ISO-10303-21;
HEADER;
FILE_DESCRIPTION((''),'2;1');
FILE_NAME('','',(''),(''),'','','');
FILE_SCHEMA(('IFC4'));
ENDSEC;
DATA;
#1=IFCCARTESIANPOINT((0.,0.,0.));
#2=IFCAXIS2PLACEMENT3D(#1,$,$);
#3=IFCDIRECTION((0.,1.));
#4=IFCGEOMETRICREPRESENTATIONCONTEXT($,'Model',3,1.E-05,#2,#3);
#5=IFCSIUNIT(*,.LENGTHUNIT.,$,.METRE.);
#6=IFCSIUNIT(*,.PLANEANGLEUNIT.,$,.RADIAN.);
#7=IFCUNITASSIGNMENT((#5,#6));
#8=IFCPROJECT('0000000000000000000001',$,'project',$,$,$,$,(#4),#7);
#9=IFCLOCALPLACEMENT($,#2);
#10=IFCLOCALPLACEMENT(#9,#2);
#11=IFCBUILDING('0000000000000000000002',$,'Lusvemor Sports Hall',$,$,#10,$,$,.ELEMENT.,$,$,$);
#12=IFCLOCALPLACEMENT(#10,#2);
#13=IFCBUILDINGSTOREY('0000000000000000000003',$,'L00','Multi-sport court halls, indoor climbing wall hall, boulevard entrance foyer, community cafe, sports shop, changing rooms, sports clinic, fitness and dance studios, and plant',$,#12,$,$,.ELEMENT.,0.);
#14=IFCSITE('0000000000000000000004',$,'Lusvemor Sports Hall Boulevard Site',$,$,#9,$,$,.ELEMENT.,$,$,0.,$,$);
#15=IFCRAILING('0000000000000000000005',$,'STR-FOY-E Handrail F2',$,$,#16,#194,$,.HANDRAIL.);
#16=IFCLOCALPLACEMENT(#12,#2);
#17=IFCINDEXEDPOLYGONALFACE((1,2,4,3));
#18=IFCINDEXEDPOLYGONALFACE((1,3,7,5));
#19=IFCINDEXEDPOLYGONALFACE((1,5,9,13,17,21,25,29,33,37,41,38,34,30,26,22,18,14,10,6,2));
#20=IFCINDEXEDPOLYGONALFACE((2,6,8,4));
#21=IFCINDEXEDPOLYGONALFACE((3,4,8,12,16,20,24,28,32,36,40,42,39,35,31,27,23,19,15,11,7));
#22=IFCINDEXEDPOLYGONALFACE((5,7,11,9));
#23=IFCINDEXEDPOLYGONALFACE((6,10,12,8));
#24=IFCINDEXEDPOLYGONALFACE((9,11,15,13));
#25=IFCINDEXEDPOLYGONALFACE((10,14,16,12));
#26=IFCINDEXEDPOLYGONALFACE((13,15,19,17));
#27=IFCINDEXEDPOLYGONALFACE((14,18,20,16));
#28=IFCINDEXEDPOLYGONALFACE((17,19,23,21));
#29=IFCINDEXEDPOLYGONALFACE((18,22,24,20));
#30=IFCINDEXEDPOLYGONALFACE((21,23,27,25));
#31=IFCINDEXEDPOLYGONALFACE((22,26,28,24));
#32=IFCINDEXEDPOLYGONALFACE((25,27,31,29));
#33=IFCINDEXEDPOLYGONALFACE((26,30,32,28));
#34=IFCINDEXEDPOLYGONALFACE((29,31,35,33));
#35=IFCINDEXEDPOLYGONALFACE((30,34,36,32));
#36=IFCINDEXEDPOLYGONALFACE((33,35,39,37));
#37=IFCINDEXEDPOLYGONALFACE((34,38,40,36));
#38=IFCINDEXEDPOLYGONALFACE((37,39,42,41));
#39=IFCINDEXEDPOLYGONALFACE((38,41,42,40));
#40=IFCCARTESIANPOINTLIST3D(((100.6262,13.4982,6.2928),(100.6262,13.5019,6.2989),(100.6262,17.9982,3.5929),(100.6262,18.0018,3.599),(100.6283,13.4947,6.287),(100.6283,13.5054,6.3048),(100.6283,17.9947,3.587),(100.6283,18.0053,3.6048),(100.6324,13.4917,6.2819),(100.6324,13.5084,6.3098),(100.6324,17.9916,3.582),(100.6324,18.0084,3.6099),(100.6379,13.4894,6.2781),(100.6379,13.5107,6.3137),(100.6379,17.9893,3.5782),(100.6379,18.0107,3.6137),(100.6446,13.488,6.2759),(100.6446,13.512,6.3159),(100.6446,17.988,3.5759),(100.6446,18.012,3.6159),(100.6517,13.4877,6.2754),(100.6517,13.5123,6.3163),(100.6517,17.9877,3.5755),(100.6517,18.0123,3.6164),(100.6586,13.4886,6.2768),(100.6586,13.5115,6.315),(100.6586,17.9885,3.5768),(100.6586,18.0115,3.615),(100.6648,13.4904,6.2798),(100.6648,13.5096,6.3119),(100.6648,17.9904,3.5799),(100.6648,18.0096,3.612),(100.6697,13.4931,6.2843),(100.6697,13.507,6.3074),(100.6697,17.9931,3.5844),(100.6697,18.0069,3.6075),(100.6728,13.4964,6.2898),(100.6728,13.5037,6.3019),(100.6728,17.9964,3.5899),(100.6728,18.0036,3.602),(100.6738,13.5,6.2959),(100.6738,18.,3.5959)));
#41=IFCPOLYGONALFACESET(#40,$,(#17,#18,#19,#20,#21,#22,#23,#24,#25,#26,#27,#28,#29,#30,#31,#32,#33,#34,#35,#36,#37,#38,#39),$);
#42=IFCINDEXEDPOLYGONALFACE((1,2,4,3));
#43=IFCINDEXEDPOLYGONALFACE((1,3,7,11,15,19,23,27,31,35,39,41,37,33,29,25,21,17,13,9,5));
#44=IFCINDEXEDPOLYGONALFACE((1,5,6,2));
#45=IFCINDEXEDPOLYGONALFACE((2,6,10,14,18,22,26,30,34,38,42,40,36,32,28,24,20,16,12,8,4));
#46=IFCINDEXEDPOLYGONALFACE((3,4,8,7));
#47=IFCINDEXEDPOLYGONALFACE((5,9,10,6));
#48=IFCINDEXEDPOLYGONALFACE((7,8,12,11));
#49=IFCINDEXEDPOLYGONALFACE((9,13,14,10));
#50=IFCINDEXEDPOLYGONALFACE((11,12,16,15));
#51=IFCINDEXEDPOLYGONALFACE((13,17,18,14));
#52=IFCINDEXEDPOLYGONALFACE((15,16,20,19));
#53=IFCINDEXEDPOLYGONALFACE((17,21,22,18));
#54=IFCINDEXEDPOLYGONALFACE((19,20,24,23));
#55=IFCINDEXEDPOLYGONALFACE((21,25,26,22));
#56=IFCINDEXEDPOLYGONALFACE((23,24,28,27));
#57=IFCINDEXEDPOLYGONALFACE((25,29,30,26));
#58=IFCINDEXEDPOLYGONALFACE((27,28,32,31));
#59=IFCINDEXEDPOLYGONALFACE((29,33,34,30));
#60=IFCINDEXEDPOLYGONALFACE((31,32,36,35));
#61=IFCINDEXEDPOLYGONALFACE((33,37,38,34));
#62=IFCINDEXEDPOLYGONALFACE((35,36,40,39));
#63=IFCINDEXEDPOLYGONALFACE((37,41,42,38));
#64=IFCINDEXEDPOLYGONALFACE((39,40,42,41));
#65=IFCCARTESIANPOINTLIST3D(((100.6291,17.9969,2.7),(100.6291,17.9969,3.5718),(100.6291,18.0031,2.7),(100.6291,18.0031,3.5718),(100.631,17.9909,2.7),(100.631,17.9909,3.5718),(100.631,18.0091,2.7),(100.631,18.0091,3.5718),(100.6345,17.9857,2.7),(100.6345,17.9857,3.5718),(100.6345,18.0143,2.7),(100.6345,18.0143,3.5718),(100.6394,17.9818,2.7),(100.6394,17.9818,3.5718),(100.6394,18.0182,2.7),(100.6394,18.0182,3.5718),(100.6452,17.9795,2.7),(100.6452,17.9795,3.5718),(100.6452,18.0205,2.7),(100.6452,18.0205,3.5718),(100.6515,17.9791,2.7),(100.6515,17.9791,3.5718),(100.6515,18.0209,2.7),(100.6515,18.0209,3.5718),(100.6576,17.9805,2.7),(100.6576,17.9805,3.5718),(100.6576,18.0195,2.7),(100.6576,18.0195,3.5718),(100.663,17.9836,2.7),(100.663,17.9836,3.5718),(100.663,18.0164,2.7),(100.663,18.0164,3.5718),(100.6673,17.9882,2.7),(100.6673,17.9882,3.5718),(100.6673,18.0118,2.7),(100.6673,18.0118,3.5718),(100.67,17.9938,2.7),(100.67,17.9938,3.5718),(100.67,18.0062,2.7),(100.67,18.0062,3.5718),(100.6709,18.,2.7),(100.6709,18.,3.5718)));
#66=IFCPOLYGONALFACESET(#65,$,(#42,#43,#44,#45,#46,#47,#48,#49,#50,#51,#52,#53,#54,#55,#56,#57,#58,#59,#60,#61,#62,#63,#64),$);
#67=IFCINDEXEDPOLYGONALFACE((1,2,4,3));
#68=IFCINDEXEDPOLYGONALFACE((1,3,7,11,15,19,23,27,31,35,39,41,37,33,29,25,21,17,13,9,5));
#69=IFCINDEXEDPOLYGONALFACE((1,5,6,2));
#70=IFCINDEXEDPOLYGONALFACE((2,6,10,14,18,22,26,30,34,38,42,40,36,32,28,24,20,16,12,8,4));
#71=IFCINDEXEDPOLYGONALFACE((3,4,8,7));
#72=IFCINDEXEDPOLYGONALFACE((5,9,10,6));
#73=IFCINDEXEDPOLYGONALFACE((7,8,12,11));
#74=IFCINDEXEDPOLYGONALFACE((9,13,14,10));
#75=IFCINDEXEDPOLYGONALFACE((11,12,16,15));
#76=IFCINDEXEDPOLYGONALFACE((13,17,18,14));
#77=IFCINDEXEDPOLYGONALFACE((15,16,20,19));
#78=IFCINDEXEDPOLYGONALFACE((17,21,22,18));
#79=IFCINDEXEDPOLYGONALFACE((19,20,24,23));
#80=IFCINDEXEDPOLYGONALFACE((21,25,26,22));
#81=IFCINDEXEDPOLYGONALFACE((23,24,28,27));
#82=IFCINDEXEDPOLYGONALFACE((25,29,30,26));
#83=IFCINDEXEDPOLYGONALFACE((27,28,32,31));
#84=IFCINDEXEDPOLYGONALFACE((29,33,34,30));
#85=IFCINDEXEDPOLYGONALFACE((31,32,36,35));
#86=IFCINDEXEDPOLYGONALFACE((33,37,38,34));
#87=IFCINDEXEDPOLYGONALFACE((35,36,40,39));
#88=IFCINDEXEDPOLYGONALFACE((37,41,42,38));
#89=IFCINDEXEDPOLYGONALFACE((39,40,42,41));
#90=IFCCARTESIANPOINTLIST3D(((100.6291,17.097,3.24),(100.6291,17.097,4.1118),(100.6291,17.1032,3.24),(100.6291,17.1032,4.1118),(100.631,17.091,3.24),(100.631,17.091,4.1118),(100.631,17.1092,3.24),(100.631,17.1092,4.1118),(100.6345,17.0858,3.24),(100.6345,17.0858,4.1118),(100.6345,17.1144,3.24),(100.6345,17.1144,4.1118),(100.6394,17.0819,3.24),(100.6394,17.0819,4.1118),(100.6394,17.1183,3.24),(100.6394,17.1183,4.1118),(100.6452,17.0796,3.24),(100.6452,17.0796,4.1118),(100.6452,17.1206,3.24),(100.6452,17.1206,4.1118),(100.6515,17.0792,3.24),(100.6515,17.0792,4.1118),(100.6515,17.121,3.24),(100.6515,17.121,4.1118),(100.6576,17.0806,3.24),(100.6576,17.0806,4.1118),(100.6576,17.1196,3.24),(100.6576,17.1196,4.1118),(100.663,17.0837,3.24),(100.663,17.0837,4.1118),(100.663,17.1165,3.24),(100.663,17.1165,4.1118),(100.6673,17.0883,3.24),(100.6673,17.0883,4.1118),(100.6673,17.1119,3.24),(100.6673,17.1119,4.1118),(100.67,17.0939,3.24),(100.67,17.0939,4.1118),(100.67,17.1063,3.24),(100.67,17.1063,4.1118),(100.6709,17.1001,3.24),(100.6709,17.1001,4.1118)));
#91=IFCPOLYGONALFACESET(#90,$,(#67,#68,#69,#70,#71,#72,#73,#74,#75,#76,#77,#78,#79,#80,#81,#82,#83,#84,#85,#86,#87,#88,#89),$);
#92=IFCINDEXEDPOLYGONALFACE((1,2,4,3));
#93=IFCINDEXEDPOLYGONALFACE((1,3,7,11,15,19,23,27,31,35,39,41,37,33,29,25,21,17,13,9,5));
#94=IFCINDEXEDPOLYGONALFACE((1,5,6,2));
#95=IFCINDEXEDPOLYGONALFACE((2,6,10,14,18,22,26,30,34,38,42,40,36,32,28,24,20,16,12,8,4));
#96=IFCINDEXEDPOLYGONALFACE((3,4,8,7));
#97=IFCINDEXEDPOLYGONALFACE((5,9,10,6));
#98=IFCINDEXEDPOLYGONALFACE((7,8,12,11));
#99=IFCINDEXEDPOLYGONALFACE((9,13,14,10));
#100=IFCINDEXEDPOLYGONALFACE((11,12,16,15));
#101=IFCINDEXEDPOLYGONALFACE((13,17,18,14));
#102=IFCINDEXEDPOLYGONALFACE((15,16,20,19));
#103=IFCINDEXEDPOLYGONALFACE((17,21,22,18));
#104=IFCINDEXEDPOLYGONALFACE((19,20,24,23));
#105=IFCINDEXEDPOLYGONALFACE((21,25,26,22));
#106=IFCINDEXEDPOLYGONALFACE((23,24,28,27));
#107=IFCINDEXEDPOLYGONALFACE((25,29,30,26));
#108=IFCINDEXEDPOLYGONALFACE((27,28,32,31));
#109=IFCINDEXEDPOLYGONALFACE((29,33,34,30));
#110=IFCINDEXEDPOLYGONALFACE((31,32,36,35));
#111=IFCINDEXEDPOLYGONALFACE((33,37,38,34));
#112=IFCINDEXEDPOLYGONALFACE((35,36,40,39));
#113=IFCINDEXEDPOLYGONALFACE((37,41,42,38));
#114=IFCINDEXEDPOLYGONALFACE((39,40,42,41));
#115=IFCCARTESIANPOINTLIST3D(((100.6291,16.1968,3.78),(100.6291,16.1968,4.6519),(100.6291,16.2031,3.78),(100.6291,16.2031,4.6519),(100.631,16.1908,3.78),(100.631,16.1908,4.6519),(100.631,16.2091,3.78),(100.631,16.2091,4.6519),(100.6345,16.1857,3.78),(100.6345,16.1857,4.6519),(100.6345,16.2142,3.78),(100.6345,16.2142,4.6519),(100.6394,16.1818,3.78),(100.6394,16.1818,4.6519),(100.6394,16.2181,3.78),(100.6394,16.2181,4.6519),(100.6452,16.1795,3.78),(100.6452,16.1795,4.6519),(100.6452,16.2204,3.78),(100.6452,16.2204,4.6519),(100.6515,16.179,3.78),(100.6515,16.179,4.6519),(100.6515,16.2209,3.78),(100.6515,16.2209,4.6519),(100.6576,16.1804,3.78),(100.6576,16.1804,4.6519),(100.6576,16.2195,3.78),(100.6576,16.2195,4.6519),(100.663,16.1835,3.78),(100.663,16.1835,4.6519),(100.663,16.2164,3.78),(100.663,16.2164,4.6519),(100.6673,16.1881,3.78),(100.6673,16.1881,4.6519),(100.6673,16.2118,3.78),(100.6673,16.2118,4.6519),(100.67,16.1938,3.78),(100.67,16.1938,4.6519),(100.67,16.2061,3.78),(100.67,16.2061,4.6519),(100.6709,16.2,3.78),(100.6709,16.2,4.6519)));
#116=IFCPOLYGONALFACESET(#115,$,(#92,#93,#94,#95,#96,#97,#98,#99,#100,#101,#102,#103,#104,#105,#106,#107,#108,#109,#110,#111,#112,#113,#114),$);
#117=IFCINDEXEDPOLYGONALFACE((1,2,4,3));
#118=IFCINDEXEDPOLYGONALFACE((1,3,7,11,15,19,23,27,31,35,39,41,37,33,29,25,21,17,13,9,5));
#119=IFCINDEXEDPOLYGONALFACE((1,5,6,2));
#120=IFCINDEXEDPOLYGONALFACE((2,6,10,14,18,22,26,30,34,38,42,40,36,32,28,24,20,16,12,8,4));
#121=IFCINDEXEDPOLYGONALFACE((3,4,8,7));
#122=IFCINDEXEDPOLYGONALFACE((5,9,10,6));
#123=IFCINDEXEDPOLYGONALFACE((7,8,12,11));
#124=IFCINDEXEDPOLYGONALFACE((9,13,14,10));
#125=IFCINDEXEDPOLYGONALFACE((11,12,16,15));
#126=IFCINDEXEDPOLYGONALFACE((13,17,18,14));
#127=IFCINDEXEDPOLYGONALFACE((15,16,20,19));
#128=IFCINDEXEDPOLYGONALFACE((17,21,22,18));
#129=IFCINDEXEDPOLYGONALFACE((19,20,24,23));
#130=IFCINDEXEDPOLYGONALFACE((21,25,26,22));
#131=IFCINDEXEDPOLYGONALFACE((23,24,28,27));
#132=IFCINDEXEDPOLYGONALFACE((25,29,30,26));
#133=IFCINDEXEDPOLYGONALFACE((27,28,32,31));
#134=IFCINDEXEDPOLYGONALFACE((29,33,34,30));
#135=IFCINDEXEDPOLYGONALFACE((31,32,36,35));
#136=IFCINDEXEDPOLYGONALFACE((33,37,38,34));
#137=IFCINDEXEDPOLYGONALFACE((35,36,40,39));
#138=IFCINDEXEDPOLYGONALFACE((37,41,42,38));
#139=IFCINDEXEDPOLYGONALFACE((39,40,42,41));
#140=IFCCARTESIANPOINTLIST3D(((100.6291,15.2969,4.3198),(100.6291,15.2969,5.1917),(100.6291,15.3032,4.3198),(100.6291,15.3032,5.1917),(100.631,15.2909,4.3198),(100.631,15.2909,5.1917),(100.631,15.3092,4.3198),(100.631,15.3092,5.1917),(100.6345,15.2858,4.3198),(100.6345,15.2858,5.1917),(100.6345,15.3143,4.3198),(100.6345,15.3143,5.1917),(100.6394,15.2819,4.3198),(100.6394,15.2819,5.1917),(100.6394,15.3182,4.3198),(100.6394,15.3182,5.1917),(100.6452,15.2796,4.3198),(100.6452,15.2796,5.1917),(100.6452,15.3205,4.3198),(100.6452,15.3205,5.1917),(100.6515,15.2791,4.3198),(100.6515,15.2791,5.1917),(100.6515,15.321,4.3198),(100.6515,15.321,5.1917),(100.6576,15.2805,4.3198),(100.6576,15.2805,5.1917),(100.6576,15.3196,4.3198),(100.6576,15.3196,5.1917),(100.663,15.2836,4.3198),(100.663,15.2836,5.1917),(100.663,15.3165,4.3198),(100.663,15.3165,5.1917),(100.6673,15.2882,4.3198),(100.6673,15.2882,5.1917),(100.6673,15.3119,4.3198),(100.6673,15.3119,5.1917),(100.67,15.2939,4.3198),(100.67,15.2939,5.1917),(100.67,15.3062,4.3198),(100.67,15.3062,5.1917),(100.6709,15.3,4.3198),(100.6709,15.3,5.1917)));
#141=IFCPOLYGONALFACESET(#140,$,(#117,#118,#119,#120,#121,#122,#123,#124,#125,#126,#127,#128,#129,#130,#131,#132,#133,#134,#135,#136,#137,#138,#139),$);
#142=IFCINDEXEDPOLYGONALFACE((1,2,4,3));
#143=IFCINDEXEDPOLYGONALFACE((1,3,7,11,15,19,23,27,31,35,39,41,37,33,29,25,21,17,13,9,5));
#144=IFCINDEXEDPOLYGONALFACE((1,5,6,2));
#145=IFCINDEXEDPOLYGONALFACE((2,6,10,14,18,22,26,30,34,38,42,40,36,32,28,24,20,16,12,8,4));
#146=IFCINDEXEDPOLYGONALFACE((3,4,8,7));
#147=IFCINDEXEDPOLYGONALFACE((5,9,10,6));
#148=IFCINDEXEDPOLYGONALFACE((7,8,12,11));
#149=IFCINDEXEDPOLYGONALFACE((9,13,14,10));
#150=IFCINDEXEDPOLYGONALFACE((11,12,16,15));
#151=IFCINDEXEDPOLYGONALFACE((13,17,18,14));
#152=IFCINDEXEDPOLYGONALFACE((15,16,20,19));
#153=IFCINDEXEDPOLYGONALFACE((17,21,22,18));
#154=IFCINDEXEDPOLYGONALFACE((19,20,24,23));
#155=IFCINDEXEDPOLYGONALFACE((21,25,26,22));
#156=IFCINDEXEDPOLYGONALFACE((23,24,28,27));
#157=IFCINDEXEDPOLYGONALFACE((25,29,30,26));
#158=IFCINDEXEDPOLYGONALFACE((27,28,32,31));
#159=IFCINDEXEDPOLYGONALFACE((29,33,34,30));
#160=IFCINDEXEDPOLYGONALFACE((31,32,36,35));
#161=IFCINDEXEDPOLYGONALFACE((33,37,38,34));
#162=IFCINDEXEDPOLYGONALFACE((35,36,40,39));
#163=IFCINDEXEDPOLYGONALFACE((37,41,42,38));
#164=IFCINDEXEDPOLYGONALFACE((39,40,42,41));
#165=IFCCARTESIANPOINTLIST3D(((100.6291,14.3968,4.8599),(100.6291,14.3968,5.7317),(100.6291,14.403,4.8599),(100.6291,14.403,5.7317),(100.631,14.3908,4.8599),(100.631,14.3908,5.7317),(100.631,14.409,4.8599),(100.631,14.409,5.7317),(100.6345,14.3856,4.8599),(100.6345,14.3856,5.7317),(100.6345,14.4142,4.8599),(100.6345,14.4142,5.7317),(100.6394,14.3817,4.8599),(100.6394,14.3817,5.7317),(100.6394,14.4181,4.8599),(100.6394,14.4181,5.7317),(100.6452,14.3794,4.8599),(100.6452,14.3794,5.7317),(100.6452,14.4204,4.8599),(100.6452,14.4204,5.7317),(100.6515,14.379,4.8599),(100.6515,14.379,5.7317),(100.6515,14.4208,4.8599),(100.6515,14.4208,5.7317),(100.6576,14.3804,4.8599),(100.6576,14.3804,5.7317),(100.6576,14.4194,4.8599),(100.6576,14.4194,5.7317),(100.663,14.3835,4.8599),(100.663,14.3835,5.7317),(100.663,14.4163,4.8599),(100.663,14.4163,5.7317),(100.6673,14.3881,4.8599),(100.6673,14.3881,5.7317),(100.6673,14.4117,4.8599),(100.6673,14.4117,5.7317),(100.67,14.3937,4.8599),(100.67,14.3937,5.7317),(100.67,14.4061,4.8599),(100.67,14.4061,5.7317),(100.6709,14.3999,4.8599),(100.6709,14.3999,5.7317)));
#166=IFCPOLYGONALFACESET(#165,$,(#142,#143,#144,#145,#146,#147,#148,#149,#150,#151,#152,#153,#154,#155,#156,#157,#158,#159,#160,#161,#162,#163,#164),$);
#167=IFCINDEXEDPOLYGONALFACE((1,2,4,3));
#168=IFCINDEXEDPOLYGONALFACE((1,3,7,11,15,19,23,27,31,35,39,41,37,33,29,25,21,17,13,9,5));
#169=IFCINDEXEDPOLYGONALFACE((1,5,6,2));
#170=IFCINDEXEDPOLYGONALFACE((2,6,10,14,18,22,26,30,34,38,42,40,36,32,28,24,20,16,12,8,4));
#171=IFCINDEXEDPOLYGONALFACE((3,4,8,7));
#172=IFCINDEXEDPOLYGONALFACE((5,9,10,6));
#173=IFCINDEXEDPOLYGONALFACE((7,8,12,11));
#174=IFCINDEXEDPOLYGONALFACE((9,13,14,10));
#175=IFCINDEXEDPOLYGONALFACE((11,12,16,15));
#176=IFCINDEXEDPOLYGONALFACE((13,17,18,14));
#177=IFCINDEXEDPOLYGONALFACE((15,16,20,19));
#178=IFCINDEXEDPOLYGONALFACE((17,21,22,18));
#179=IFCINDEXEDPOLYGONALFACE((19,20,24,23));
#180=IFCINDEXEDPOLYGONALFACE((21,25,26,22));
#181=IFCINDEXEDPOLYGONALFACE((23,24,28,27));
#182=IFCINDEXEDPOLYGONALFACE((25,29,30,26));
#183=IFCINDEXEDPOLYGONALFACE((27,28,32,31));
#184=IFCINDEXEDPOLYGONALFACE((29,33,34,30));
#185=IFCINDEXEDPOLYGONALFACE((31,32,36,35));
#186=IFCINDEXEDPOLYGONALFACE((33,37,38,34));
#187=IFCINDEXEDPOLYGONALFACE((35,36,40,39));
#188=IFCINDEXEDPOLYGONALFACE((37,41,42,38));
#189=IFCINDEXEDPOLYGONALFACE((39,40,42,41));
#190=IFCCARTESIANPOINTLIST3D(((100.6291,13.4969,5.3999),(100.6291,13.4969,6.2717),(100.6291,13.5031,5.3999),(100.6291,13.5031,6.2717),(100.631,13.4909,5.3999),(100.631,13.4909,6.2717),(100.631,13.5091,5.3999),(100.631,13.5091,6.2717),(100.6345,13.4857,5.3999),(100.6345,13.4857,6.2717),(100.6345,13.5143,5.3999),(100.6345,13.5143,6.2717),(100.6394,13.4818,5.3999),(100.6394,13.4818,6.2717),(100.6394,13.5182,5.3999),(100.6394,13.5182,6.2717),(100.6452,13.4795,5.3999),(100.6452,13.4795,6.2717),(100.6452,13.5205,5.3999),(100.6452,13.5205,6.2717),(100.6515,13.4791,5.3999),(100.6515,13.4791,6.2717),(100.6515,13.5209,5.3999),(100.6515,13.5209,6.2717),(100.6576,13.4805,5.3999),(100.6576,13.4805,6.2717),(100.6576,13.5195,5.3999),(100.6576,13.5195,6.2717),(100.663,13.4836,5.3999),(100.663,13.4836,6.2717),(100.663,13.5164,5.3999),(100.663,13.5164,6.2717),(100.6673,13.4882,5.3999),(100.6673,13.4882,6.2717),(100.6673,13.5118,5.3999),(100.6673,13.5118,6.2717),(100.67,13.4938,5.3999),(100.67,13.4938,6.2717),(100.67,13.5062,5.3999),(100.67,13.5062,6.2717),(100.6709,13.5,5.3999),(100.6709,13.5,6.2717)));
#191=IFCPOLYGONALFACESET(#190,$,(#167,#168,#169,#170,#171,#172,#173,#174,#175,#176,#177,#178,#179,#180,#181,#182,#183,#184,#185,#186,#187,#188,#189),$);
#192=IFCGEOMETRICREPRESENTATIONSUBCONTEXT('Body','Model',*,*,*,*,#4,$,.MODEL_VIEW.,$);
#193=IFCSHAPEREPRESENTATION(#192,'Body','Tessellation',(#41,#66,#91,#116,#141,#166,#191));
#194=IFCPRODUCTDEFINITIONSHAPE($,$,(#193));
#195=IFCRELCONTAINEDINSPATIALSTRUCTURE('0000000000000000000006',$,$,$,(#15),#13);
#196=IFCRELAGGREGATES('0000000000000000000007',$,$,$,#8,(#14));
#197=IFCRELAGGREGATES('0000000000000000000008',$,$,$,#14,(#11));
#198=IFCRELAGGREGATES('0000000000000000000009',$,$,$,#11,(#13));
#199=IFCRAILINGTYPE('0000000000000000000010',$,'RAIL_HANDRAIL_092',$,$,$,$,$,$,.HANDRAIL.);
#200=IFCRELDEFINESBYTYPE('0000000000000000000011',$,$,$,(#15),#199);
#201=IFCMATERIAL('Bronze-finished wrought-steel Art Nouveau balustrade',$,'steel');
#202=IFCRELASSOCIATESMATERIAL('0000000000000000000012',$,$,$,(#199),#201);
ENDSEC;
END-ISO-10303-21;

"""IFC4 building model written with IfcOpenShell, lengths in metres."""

from ifc_helpers import new_model, si_unit, direction, frame, origin, origin_2d, place, context, subcontext, project, spatial, circle, extrude, material, type_object, element, save


model = new_model("IFC4")

# Units and contexts
model_context = context("Model", 3, precision=1e-05, world=origin(), true_north=direction((0.0, 1.0)))
body_context = subcontext(model_context, "Body", "Model", "MODEL_VIEW")
ifc_project = project(units=[si_unit("LENGTHUNIT", "METRE"), si_unit("PLANEANGLEUNIT", "RADIAN")], contexts=[model_context])

# Site, building, storey
site_placement = place(None, origin())
site = spatial("IfcSite", under=ifc_project, at=site_placement, Name="Lusvemor Sports Hall Boulevard Site", CompositionType="ELEMENT", RefElevation=0.0)
building_placement = place(site_placement, origin())
building = spatial("IfcBuilding", under=site, at=building_placement, Name="Lusvemor Sports Hall", CompositionType="ELEMENT")
storey_placement = place(building_placement, origin())
storey = spatial("IfcBuildingStorey", under=building, at=storey_placement, Name="L00", Description="Multi-sport court halls, indoor climbing wall hall, boulevard entrance foyer, community cafe, sports shop, changing rooms, sports clinic, fitness and dance studios, and plant", CompositionType="ELEMENT", Elevation=0.0)

# Railing
ifc_material_1 = material(Name="Bronze-finished wrought-steel Art Nouveau balustrade", Category="steel")
railing_type_1 = type_object("IfcRailingType", Name="RAIL_HANDRAIL_092", PredefinedType="HANDRAIL", material=ifc_material_1)
railing_1_placement = place(storey_placement, frame((100.6499, 18.0, 2.7)))
element("IfcRailing", 1, at=railing_1_placement, inside=storey, type_object=railing_type_1, Name="STR-FOY-E Handrail F2", PredefinedType="HANDRAIL", context=body_context, shape_type="SweptSolid", body=[
    extrude(circle(Radius=0.0239, at=origin_2d()), frame((0.0, 0.0, 0.896), z_axis=(0.0, -0.857497, 0.514489), x_axis=(1.0, 0.0, 0.0)), (0.0, 0.0, 1.0), 5.2478),
    extrude(circle(Radius=0.021, at=origin_2d()), origin(), (0.0, 0.0, 1.0), 0.8718),
    extrude(circle(Radius=0.021, at=origin_2d()), frame((0.0, -0.8999, 0.54)), (0.0, 0.0, 1.0), 0.8718),
    extrude(circle(Radius=0.021, at=origin_2d()), frame((0.0, -1.8, 1.0801)), (0.0, 0.0, 1.0), 0.8718),
    extrude(circle(Radius=0.021, at=origin_2d()), frame((0.0, -2.7, 1.6199)), (0.0, 0.0, 1.0), 0.8718),
    extrude(circle(Radius=0.021, at=origin_2d()), frame((0.0, -3.6001, 2.1599)), (0.0, 0.0, 1.0), 0.8718),
    extrude(circle(Radius=0.021, at=origin_2d()), frame((0.0, -4.5, 2.7)), (0.0, 0.0, 1.0), 0.8718),
])

save(model, "model.ifc")
